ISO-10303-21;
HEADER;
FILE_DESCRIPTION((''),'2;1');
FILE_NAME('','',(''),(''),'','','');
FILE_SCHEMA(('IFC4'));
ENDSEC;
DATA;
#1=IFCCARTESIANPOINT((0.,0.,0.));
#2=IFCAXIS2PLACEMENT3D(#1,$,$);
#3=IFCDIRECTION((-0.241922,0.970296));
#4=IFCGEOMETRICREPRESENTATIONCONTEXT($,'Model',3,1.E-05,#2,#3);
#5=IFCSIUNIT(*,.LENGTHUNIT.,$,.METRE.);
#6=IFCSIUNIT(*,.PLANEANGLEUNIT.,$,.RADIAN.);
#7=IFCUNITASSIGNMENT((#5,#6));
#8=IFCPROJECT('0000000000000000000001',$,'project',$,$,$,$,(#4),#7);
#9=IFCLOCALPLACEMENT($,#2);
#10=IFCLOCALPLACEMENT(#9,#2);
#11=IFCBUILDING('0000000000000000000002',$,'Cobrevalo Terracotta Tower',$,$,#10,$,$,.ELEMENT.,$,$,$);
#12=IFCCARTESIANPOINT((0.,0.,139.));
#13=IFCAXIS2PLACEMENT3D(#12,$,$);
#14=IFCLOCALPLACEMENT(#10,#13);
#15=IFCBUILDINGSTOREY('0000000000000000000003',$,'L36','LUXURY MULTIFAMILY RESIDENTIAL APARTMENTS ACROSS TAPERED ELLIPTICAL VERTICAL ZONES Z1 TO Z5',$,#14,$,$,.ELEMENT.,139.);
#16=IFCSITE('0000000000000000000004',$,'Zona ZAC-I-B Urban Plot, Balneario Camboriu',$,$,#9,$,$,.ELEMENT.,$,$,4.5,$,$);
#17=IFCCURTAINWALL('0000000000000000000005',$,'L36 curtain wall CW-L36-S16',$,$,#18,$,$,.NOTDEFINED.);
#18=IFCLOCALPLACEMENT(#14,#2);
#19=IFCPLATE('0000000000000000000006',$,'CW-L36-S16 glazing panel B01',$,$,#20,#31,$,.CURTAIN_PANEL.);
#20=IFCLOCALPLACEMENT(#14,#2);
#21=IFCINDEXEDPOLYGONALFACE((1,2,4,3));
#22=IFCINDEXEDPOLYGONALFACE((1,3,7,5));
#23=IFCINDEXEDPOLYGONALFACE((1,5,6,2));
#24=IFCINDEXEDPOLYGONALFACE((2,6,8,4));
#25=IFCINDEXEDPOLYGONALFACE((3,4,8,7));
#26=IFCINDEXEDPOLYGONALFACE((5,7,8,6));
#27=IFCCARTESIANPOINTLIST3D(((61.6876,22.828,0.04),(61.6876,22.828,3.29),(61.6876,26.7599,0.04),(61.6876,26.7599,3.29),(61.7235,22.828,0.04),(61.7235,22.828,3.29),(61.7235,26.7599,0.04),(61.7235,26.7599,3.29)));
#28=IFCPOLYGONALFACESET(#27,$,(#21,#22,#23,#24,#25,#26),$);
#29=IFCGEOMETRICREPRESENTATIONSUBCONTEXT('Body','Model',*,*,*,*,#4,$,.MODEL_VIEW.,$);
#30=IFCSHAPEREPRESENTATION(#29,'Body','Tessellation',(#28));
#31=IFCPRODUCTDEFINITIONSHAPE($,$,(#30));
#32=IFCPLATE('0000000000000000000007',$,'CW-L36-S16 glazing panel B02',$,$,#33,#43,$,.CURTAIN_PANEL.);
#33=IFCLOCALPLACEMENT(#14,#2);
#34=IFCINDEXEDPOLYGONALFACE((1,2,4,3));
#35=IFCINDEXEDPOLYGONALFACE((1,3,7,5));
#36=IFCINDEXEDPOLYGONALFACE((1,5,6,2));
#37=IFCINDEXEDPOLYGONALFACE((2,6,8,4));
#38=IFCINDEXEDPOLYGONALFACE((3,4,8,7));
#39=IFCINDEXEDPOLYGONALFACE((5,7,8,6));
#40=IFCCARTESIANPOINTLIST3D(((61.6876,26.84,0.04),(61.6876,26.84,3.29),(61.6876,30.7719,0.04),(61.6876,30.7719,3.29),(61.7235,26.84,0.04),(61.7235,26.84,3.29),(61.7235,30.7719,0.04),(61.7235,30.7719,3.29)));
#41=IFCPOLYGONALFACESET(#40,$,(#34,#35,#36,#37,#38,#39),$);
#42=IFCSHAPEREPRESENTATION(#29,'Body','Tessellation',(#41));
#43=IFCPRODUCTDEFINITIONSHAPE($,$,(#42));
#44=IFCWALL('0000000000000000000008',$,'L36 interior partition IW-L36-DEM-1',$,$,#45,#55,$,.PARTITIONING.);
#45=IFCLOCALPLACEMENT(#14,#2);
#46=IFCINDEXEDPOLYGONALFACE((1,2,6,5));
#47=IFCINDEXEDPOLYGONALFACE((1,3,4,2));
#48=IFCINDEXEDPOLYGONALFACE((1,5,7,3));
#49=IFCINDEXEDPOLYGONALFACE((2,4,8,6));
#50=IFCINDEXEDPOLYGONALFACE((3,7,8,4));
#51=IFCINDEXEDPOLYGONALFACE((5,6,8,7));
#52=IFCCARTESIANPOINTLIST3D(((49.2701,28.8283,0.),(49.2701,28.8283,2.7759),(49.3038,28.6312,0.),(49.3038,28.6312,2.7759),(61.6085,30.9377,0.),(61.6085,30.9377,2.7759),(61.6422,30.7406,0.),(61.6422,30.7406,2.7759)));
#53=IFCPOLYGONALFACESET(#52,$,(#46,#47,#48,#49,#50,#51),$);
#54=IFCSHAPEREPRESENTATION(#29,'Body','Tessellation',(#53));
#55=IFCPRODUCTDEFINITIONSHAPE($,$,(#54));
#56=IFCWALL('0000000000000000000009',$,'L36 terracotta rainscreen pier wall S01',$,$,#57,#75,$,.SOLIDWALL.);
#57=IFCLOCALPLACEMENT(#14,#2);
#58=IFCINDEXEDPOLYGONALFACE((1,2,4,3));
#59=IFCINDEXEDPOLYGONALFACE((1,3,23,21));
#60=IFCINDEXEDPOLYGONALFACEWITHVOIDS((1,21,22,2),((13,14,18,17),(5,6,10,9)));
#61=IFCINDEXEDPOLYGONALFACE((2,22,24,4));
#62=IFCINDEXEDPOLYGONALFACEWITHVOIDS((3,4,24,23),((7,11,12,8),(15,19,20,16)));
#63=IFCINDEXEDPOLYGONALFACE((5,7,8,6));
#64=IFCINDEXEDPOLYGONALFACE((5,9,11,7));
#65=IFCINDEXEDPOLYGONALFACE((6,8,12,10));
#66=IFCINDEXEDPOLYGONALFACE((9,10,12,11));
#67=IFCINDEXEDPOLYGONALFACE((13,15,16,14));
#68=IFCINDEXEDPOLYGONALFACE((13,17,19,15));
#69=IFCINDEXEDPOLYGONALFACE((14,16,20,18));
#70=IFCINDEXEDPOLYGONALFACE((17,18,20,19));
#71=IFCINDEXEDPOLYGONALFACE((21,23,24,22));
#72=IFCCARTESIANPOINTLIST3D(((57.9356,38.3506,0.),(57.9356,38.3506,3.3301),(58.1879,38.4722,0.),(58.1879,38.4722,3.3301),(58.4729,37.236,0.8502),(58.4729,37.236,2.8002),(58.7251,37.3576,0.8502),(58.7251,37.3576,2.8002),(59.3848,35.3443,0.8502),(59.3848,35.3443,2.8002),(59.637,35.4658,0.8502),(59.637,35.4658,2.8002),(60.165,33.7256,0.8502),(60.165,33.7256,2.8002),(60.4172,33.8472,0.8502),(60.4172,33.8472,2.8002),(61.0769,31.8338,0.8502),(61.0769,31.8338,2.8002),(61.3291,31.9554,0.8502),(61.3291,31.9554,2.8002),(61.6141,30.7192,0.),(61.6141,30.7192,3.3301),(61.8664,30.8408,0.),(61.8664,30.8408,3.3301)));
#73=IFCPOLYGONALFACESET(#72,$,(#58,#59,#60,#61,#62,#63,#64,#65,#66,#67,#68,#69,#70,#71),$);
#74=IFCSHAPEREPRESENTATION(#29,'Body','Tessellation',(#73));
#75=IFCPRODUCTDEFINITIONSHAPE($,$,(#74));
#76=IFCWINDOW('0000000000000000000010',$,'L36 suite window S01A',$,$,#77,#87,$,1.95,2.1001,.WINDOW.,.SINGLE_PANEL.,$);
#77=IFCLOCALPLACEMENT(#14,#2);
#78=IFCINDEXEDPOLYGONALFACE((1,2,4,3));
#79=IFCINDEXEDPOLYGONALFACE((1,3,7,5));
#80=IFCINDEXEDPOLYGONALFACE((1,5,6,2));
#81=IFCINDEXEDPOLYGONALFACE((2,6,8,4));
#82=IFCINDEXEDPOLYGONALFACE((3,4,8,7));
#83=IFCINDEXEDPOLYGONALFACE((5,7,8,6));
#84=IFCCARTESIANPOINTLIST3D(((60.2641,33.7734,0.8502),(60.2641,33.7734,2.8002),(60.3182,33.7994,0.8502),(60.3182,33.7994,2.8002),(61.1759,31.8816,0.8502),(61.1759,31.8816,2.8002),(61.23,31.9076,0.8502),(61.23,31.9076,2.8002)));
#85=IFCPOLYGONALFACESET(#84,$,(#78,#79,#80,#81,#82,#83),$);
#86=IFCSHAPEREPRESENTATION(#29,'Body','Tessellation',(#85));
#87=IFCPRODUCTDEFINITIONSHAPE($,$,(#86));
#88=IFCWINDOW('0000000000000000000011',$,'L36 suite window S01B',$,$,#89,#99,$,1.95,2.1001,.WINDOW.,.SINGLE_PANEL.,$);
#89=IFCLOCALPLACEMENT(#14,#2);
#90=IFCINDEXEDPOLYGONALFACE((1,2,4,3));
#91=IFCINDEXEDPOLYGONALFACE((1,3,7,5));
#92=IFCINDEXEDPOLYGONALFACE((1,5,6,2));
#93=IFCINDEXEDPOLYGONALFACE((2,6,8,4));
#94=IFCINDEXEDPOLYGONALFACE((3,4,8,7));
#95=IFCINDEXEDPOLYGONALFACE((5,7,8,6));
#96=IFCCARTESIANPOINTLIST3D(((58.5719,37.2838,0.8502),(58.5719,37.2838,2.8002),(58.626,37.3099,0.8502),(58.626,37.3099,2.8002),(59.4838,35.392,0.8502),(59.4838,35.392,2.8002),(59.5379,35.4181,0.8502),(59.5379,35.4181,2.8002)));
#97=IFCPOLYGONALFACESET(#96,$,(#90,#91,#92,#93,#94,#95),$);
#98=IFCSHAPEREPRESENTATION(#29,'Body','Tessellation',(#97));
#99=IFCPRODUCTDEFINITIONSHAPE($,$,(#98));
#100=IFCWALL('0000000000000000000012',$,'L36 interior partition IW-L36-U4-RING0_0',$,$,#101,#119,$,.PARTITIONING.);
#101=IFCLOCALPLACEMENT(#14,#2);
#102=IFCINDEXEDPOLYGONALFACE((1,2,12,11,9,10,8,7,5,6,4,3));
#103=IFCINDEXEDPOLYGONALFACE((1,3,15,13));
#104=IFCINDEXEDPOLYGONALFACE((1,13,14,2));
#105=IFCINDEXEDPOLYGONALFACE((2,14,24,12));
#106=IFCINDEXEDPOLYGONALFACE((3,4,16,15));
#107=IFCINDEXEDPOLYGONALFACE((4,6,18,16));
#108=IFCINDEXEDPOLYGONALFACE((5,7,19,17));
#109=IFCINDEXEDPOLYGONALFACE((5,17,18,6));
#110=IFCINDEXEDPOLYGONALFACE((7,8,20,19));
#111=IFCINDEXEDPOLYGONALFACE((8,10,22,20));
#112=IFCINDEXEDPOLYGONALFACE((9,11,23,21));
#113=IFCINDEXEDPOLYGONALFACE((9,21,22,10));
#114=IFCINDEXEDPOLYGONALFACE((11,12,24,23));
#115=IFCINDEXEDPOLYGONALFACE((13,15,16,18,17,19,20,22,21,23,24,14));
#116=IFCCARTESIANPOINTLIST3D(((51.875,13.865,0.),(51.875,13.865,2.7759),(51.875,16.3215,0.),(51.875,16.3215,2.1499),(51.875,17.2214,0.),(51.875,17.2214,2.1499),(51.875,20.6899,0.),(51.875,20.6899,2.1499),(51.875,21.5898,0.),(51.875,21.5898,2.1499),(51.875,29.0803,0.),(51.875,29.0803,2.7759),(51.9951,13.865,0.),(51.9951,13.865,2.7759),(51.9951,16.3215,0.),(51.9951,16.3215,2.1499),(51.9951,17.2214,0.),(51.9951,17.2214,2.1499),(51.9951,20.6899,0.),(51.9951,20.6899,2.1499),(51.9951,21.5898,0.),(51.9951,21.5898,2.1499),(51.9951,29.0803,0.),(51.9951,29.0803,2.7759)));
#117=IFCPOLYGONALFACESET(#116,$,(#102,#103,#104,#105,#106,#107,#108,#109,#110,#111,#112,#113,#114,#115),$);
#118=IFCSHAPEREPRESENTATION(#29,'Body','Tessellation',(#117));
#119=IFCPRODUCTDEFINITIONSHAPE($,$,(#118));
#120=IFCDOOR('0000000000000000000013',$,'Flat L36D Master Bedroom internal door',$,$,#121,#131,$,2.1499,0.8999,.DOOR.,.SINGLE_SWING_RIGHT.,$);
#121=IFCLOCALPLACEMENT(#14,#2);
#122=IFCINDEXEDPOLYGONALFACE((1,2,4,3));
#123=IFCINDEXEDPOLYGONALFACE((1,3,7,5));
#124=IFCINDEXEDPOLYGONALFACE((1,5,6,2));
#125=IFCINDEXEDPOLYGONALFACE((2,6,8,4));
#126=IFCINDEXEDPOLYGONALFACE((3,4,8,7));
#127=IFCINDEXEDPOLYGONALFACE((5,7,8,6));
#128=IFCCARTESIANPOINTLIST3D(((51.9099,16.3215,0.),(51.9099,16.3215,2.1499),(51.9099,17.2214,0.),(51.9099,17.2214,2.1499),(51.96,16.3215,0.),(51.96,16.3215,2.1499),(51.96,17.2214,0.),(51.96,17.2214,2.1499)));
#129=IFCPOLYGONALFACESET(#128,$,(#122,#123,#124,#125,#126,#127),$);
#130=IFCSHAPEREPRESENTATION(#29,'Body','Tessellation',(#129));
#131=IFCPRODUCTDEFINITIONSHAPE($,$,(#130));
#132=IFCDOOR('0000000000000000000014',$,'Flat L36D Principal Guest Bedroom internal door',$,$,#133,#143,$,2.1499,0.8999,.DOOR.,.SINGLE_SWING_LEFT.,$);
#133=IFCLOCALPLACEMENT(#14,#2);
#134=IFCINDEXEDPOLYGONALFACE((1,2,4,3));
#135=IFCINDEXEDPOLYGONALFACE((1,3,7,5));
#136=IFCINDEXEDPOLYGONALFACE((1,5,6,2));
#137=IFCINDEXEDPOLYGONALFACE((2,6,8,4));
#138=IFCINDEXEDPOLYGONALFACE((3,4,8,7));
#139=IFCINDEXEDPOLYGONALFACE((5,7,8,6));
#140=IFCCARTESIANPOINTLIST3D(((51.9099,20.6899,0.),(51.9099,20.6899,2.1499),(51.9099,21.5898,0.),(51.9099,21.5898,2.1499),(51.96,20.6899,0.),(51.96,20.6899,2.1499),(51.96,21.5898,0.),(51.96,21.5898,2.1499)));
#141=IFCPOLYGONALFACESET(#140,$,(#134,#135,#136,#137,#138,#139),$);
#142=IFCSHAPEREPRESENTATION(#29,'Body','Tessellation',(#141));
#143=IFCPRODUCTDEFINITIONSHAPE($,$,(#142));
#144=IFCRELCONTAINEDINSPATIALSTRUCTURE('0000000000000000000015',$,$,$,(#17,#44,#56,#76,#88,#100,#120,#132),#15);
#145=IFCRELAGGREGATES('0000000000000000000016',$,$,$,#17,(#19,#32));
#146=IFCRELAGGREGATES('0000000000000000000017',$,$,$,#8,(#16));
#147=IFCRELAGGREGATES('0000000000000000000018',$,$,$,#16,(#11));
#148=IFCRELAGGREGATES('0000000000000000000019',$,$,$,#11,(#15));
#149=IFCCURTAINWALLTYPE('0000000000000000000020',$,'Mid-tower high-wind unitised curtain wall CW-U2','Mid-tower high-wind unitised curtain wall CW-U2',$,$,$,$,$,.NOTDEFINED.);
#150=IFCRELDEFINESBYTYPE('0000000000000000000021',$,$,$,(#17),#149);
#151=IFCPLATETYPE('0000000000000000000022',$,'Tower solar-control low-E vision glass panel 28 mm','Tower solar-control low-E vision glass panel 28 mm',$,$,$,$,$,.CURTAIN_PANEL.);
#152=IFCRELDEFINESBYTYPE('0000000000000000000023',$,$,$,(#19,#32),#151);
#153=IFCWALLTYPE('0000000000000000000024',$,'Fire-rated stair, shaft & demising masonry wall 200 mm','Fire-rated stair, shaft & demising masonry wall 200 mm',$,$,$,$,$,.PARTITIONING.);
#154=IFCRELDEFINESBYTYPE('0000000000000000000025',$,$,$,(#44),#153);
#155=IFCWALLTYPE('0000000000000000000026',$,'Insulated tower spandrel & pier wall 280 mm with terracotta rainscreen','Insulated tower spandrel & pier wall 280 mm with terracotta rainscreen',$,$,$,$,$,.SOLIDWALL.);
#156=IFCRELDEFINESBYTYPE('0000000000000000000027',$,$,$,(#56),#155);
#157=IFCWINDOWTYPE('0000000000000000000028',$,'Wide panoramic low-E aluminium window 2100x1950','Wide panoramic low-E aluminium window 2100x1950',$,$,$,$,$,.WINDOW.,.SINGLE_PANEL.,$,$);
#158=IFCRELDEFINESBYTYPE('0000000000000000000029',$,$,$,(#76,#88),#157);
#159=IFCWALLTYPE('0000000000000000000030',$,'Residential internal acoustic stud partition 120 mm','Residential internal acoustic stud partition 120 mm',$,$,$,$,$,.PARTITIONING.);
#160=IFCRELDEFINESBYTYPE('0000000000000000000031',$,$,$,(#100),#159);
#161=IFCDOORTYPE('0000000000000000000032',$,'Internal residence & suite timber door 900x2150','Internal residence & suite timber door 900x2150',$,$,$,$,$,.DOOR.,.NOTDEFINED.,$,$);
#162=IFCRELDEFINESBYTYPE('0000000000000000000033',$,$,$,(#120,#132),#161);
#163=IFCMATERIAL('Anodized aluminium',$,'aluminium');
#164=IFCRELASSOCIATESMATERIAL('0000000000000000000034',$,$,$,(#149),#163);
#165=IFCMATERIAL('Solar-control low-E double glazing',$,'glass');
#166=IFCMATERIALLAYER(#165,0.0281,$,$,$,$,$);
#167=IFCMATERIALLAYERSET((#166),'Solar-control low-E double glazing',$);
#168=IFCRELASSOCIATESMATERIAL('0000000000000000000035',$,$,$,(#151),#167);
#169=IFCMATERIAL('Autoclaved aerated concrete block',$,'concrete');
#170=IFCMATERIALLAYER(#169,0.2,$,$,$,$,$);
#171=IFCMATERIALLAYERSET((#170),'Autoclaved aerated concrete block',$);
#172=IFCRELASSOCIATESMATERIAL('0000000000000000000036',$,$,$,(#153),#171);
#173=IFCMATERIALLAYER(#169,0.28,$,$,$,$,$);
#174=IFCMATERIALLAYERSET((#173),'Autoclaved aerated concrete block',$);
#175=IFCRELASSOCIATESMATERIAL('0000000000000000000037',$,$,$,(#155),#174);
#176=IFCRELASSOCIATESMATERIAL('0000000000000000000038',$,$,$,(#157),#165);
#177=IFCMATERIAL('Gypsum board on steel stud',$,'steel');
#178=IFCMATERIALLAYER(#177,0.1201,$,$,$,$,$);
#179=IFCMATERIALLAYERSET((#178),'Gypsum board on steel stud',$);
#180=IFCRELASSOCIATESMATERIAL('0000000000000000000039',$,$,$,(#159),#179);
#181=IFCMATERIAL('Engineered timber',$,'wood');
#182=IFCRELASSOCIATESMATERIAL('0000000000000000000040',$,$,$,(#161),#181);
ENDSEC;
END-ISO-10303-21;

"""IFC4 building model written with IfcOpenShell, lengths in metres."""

from ifc_helpers import new_model, si_unit, direction, frame, frame_2d, origin, origin_2d, place, context, subcontext, project, spatial, rectangle, extrude, source, transform, mapped, material, layer, layer_set, type_object, element, fill, aggregate, save


model = new_model("IFC4")

# Units and contexts
model_context = context("Model", 3, precision=1e-05, world=origin(), true_north=direction((-0.241922, 0.970296)))
body_context = subcontext(model_context, "Body", "Model", "MODEL_VIEW")
ifc_project = project(units=[si_unit("LENGTHUNIT", "METRE"), si_unit("PLANEANGLEUNIT", "RADIAN")], contexts=[model_context])

# Site, building, storey
site_placement = place(None, origin())
site = spatial("IfcSite", under=ifc_project, at=site_placement, Name="Zona ZAC-I-B Urban Plot, Balneario Camboriu", CompositionType="ELEMENT", RefElevation=4.5)
building_placement = place(site_placement, origin())
building = spatial("IfcBuilding", under=site, at=building_placement, Name="Cobrevalo Terracotta Tower", CompositionType="ELEMENT")
storey_placement = place(building_placement, frame((0.0, 0.0, 139.0)))
storey = spatial("IfcBuildingStorey", under=building, at=storey_placement, Name="L36", Description="LUXURY MULTIFAMILY RESIDENTIAL APARTMENTS ACROSS TAPERED ELLIPTICAL VERTICAL ZONES Z1 TO Z5", CompositionType="ELEMENT", Elevation=139.0)

# Curtain wall, plates
ifc_material_1 = material(Name="Anodized aluminium", Category="aluminium")
curtain_wall_type = type_object("IfcCurtainWallType", Name="Mid-tower high-wind unitised curtain wall CW-U2", Description="Mid-tower high-wind unitised curtain wall CW-U2", PredefinedType="NOTDEFINED", material=ifc_material_1)
curtain_wall_placement = place(storey_placement, origin())
curtain_wall = element("IfcCurtainWall", 1, at=curtain_wall_placement, inside=storey, type_object=curtain_wall_type, Name="L36 curtain wall CW-L36-S16", PredefinedType="NOTDEFINED")
ifc_material_2 = material(Name="Solar-control low-E double glazing", Category="glass")
ifc_layer_1 = layer(ifc_material_2, 0.0281)
ifc_layer_set_1 = layer_set([ifc_layer_1], Name="Solar-control low-E double glazing")
plate_type = type_object("IfcPlateType", Name="Tower solar-control low-E vision glass panel 28 mm", Description="Tower solar-control low-E vision glass panel 28 mm", PredefinedType="CURTAIN_PANEL", material=ifc_layer_set_1)
shared_shape_1 = source(origin(), body_context, "Body", "SweptSolid", [
    extrude(rectangle(XDim=3.9319, YDim=0.0359, at=origin_2d()), origin(), (0.0, 0.0, 1.0), 3.25),
])
plate_1_placement = place(storey_placement, frame((61.7056, 24.7939, 0.04), z_axis=(0.0, 0.0, 1.0), x_axis=(0.0, 1.0, 0.0)))
plate_1 = element("IfcPlate", 2, at=plate_1_placement, type_object=plate_type, Name="CW-L36-S16 glazing panel B01", PredefinedType="CURTAIN_PANEL", context=body_context, shape_type="MappedRepresentation", body=[
    mapped(shared_shape_1, transform((0.0, 0.0, 0.0), scale=1.0)),
])
plate_2_placement = place(storey_placement, frame((61.7056, 28.8059, 0.04), z_axis=(0.0, 0.0, 1.0), x_axis=(0.0, 1.0, 0.0)))
plate_2 = element("IfcPlate", 3, at=plate_2_placement, type_object=plate_type, Name="CW-L36-S16 glazing panel B02", PredefinedType="CURTAIN_PANEL", context=body_context, shape_type="MappedRepresentation", body=[
    mapped(shared_shape_1, transform((0.0, 0.0, 0.0), scale=1.0)),
])
aggregate(curtain_wall, [plate_1, plate_2])

# Wall
ifc_material_3 = material(Name="Autoclaved aerated concrete block", Category="concrete")
ifc_layer_2 = layer(ifc_material_3, 0.2)
ifc_layer_set_2 = layer_set([ifc_layer_2], Name="Autoclaved aerated concrete block")
wall_type_1 = type_object("IfcWallType", Name="Fire-rated stair, shaft & demising masonry wall 200 mm", Description="Fire-rated stair, shaft & demising masonry wall 200 mm", PredefinedType="PARTITIONING", material=ifc_layer_set_2)
wall_1_placement = place(storey_placement, frame((49.2869, 28.7297, 0.0), z_axis=(0.0, 0.0, 1.0), x_axis=(0.985699, 0.168516, 0.0)))
element("IfcWall", 4, at=wall_1_placement, inside=storey, type_object=wall_type_1, Name="L36 interior partition IW-L36-DEM-1", PredefinedType="PARTITIONING", context=body_context, shape_type="SweptSolid", body=[
    extrude(rectangle(XDim=12.5173, YDim=0.2, at=frame_2d((6.2588, 0.0))), origin(), (0.0, 0.0, 1.0), 2.7759),
])

# Wall, openings, windows
ifc_layer_3 = layer(ifc_material_3, 0.28)
ifc_layer_set_3 = layer_set([ifc_layer_3], Name="Autoclaved aerated concrete block")
wall_type_2 = type_object("IfcWallType", Name="Insulated tower spandrel & pier wall 280 mm with terracotta rainscreen", Description="Insulated tower spandrel & pier wall 280 mm with terracotta rainscreen", PredefinedType="SOLIDWALL", material=ifc_layer_set_3)
wall_2_placement = place(storey_placement, frame((61.7402, 30.78, 0.0), z_axis=(0.0, 0.0, 1.0), x_axis=(-0.43421, 0.900812, 0.0)))
wall_2 = element("IfcWall", 5, at=wall_2_placement, inside=storey, type_object=wall_type_2, Name="L36 terracotta rainscreen pier wall S01", PredefinedType="SOLIDWALL", context=body_context, shape_type="SweptSolid", body=[
    extrude(rectangle(XDim=8.4717, YDim=0.28, at=frame_2d((4.2358, 0.0))), origin(), (0.0, 0.0, 1.0), 3.3301),
])
opening_1_placement = place(wall_2_placement, frame((1.2373, 0.0, 0.8501)))
opening_1 = element("IfcOpeningElement", 6, at=opening_1_placement, cuts=wall_2, PredefinedType="OPENING", context=body_context, shape_type="SweptSolid", body=[
    extrude(rectangle(XDim=2.1001, YDim=1.95, at=frame_2d((1.05, 0.9751))), frame((0.0, 0.1499, 0.0), z_axis=(0.0, -1.0, 0.0), x_axis=(1.0, 0.0, 0.0)), (0.0, 0.0, 1.0), 0.3),
])
opening_2_placement = place(wall_2_placement, frame((5.1343, 0.0, 0.8501)))
opening_2 = element("IfcOpeningElement", 7, at=opening_2_placement, cuts=wall_2, PredefinedType="OPENING", context=body_context, shape_type="SweptSolid", body=[
    extrude(rectangle(XDim=2.1001, YDim=1.95, at=frame_2d((1.05, 0.9751))), frame((0.0, 0.1499, 0.0), z_axis=(0.0, -1.0, 0.0), x_axis=(1.0, 0.0, 0.0)), (0.0, 0.0, 1.0), 0.3),
])
window_type = type_object("IfcWindowType", Name="Wide panoramic low-E aluminium window 2100x1950", Description="Wide panoramic low-E aluminium window 2100x1950", PartitioningType="SINGLE_PANEL", PredefinedType="WINDOW", material=ifc_material_2)
shared_shape_2 = source(origin(), body_context, "Body", "SweptSolid", [
    extrude(rectangle(XDim=2.1001, YDim=1.95, at=frame_2d((1.05, 0.9751))), frame((0.0, 0.03, 0.0), z_axis=(0.0, -1.0, 0.0), x_axis=(1.0, 0.0, 0.0)), (0.0, 0.0, 1.0), 0.0601),
])
window_1_placement = place(opening_1_placement, origin())
window_1 = element("IfcWindow", 8, at=window_1_placement, inside=storey, type_object=window_type, Name="L36 suite window S01A", OverallHeight=1.95, OverallWidth=2.1001, PartitioningType="SINGLE_PANEL", PredefinedType="WINDOW", context=body_context, shape_type="MappedRepresentation", body=[
    mapped(shared_shape_2, transform((0.0, 0.0, 0.0), scale=1.0)),
])
fill(opening_1, window_1)
window_2_placement = place(opening_2_placement, origin())
window_2 = element("IfcWindow", 9, at=window_2_placement, inside=storey, type_object=window_type, Name="L36 suite window S01B", OverallHeight=1.95, OverallWidth=2.1001, PartitioningType="SINGLE_PANEL", PredefinedType="WINDOW", context=body_context, shape_type="MappedRepresentation", body=[
    mapped(shared_shape_2, transform((0.0, 0.0, 0.0), scale=1.0)),
])
fill(opening_2, window_2)

# Shared definitions
ifc_material_4 = material(Name="Gypsum board on steel stud", Category="steel")
ifc_layer_4 = layer(ifc_material_4, 0.1201)
ifc_layer_set_4 = layer_set([ifc_layer_4], Name="Gypsum board on steel stud")
wall_type_3 = type_object("IfcWallType", Name="Residential internal acoustic stud partition 120 mm", Description="Residential internal acoustic stud partition 120 mm", PredefinedType="PARTITIONING", material=ifc_layer_set_4)

# Wall, openings, doors
wall_3_placement = place(storey_placement, frame((51.9351, 29.0803, 0.0), z_axis=(0.0, 0.0, 1.0), x_axis=(0.0, -1.0, 0.0)))
wall_3 = element("IfcWall", 10, at=wall_3_placement, inside=storey, type_object=wall_type_3, Name="L36 interior partition IW-L36-U4-RING0_0", PredefinedType="PARTITIONING", context=body_context, shape_type="SweptSolid", body=[
    extrude(rectangle(XDim=15.2153, YDim=0.1201, at=frame_2d((7.6077, 0.0))), origin(), (0.0, 0.0, 1.0), 2.7759),
])
opening_3_placement = place(wall_3_placement, frame((11.8589, 0.0, 0.0)))
opening_3 = element("IfcOpeningElement", 11, at=opening_3_placement, cuts=wall_3, PredefinedType="OPENING", context=body_context, shape_type="SweptSolid", body=[
    extrude(rectangle(XDim=0.8999, YDim=2.1499, at=frame_2d((0.45, 1.075))), frame((0.0, 0.0701, 0.0), z_axis=(0.0, -1.0, 0.0), x_axis=(1.0, 0.0, 0.0)), (0.0, 0.0, 1.0), 0.1401),
])
opening_4_placement = place(wall_3_placement, frame((7.4905, 0.0, 0.0)))
opening_4 = element("IfcOpeningElement", 12, at=opening_4_placement, cuts=wall_3, PredefinedType="OPENING", context=body_context, shape_type="SweptSolid", body=[
    extrude(rectangle(XDim=0.8999, YDim=2.1499, at=frame_2d((0.45, 1.075))), frame((0.0, 0.0701, 0.0), z_axis=(0.0, -1.0, 0.0), x_axis=(1.0, 0.0, 0.0)), (0.0, 0.0, 1.0), 0.1401),
])
ifc_material_5 = material(Name="Engineered timber", Category="wood")
door_type_1 = type_object("IfcDoorType", Name="Internal residence & suite timber door 900x2150", Description="Internal residence & suite timber door 900x2150", OperationType="NOTDEFINED", PredefinedType="DOOR", material=ifc_material_5)
shared_shape_3 = source(origin(), body_context, "Body", "SweptSolid", [
    extrude(rectangle(XDim=0.8999, YDim=2.1499, at=frame_2d((0.45, 1.075))), frame((0.0, 0.0249, 0.0), z_axis=(0.0, -1.0, 0.0), x_axis=(1.0, 0.0, 0.0)), (0.0, 0.0, 1.0), 0.05),
])
door_1_placement = place(opening_3_placement, origin())
door_1 = element("IfcDoor", 13, at=door_1_placement, inside=storey, type_object=door_type_1, Name="Flat L36D Master Bedroom internal door", OperationType="SINGLE_SWING_RIGHT", OverallHeight=2.1499, OverallWidth=0.8999, PredefinedType="DOOR", context=body_context, shape_type="MappedRepresentation", body=[
    mapped(shared_shape_3, transform((0.0, 0.0, 0.0), scale=1.0)),
])
fill(opening_3, door_1)
door_2_placement = place(opening_4_placement, origin())
door_2 = element("IfcDoor", 14, at=door_2_placement, inside=storey, type_object=door_type_1, Name="Flat L36D Principal Guest Bedroom internal door", OperationType="SINGLE_SWING_LEFT", OverallHeight=2.1499, OverallWidth=0.8999, PredefinedType="DOOR", context=body_context, shape_type="MappedRepresentation", body=[
    mapped(shared_shape_3, transform((0.0, 0.0, 0.0), scale=1.0)),
])
fill(opening_4, door_2)

save(model, "model.ifc")
